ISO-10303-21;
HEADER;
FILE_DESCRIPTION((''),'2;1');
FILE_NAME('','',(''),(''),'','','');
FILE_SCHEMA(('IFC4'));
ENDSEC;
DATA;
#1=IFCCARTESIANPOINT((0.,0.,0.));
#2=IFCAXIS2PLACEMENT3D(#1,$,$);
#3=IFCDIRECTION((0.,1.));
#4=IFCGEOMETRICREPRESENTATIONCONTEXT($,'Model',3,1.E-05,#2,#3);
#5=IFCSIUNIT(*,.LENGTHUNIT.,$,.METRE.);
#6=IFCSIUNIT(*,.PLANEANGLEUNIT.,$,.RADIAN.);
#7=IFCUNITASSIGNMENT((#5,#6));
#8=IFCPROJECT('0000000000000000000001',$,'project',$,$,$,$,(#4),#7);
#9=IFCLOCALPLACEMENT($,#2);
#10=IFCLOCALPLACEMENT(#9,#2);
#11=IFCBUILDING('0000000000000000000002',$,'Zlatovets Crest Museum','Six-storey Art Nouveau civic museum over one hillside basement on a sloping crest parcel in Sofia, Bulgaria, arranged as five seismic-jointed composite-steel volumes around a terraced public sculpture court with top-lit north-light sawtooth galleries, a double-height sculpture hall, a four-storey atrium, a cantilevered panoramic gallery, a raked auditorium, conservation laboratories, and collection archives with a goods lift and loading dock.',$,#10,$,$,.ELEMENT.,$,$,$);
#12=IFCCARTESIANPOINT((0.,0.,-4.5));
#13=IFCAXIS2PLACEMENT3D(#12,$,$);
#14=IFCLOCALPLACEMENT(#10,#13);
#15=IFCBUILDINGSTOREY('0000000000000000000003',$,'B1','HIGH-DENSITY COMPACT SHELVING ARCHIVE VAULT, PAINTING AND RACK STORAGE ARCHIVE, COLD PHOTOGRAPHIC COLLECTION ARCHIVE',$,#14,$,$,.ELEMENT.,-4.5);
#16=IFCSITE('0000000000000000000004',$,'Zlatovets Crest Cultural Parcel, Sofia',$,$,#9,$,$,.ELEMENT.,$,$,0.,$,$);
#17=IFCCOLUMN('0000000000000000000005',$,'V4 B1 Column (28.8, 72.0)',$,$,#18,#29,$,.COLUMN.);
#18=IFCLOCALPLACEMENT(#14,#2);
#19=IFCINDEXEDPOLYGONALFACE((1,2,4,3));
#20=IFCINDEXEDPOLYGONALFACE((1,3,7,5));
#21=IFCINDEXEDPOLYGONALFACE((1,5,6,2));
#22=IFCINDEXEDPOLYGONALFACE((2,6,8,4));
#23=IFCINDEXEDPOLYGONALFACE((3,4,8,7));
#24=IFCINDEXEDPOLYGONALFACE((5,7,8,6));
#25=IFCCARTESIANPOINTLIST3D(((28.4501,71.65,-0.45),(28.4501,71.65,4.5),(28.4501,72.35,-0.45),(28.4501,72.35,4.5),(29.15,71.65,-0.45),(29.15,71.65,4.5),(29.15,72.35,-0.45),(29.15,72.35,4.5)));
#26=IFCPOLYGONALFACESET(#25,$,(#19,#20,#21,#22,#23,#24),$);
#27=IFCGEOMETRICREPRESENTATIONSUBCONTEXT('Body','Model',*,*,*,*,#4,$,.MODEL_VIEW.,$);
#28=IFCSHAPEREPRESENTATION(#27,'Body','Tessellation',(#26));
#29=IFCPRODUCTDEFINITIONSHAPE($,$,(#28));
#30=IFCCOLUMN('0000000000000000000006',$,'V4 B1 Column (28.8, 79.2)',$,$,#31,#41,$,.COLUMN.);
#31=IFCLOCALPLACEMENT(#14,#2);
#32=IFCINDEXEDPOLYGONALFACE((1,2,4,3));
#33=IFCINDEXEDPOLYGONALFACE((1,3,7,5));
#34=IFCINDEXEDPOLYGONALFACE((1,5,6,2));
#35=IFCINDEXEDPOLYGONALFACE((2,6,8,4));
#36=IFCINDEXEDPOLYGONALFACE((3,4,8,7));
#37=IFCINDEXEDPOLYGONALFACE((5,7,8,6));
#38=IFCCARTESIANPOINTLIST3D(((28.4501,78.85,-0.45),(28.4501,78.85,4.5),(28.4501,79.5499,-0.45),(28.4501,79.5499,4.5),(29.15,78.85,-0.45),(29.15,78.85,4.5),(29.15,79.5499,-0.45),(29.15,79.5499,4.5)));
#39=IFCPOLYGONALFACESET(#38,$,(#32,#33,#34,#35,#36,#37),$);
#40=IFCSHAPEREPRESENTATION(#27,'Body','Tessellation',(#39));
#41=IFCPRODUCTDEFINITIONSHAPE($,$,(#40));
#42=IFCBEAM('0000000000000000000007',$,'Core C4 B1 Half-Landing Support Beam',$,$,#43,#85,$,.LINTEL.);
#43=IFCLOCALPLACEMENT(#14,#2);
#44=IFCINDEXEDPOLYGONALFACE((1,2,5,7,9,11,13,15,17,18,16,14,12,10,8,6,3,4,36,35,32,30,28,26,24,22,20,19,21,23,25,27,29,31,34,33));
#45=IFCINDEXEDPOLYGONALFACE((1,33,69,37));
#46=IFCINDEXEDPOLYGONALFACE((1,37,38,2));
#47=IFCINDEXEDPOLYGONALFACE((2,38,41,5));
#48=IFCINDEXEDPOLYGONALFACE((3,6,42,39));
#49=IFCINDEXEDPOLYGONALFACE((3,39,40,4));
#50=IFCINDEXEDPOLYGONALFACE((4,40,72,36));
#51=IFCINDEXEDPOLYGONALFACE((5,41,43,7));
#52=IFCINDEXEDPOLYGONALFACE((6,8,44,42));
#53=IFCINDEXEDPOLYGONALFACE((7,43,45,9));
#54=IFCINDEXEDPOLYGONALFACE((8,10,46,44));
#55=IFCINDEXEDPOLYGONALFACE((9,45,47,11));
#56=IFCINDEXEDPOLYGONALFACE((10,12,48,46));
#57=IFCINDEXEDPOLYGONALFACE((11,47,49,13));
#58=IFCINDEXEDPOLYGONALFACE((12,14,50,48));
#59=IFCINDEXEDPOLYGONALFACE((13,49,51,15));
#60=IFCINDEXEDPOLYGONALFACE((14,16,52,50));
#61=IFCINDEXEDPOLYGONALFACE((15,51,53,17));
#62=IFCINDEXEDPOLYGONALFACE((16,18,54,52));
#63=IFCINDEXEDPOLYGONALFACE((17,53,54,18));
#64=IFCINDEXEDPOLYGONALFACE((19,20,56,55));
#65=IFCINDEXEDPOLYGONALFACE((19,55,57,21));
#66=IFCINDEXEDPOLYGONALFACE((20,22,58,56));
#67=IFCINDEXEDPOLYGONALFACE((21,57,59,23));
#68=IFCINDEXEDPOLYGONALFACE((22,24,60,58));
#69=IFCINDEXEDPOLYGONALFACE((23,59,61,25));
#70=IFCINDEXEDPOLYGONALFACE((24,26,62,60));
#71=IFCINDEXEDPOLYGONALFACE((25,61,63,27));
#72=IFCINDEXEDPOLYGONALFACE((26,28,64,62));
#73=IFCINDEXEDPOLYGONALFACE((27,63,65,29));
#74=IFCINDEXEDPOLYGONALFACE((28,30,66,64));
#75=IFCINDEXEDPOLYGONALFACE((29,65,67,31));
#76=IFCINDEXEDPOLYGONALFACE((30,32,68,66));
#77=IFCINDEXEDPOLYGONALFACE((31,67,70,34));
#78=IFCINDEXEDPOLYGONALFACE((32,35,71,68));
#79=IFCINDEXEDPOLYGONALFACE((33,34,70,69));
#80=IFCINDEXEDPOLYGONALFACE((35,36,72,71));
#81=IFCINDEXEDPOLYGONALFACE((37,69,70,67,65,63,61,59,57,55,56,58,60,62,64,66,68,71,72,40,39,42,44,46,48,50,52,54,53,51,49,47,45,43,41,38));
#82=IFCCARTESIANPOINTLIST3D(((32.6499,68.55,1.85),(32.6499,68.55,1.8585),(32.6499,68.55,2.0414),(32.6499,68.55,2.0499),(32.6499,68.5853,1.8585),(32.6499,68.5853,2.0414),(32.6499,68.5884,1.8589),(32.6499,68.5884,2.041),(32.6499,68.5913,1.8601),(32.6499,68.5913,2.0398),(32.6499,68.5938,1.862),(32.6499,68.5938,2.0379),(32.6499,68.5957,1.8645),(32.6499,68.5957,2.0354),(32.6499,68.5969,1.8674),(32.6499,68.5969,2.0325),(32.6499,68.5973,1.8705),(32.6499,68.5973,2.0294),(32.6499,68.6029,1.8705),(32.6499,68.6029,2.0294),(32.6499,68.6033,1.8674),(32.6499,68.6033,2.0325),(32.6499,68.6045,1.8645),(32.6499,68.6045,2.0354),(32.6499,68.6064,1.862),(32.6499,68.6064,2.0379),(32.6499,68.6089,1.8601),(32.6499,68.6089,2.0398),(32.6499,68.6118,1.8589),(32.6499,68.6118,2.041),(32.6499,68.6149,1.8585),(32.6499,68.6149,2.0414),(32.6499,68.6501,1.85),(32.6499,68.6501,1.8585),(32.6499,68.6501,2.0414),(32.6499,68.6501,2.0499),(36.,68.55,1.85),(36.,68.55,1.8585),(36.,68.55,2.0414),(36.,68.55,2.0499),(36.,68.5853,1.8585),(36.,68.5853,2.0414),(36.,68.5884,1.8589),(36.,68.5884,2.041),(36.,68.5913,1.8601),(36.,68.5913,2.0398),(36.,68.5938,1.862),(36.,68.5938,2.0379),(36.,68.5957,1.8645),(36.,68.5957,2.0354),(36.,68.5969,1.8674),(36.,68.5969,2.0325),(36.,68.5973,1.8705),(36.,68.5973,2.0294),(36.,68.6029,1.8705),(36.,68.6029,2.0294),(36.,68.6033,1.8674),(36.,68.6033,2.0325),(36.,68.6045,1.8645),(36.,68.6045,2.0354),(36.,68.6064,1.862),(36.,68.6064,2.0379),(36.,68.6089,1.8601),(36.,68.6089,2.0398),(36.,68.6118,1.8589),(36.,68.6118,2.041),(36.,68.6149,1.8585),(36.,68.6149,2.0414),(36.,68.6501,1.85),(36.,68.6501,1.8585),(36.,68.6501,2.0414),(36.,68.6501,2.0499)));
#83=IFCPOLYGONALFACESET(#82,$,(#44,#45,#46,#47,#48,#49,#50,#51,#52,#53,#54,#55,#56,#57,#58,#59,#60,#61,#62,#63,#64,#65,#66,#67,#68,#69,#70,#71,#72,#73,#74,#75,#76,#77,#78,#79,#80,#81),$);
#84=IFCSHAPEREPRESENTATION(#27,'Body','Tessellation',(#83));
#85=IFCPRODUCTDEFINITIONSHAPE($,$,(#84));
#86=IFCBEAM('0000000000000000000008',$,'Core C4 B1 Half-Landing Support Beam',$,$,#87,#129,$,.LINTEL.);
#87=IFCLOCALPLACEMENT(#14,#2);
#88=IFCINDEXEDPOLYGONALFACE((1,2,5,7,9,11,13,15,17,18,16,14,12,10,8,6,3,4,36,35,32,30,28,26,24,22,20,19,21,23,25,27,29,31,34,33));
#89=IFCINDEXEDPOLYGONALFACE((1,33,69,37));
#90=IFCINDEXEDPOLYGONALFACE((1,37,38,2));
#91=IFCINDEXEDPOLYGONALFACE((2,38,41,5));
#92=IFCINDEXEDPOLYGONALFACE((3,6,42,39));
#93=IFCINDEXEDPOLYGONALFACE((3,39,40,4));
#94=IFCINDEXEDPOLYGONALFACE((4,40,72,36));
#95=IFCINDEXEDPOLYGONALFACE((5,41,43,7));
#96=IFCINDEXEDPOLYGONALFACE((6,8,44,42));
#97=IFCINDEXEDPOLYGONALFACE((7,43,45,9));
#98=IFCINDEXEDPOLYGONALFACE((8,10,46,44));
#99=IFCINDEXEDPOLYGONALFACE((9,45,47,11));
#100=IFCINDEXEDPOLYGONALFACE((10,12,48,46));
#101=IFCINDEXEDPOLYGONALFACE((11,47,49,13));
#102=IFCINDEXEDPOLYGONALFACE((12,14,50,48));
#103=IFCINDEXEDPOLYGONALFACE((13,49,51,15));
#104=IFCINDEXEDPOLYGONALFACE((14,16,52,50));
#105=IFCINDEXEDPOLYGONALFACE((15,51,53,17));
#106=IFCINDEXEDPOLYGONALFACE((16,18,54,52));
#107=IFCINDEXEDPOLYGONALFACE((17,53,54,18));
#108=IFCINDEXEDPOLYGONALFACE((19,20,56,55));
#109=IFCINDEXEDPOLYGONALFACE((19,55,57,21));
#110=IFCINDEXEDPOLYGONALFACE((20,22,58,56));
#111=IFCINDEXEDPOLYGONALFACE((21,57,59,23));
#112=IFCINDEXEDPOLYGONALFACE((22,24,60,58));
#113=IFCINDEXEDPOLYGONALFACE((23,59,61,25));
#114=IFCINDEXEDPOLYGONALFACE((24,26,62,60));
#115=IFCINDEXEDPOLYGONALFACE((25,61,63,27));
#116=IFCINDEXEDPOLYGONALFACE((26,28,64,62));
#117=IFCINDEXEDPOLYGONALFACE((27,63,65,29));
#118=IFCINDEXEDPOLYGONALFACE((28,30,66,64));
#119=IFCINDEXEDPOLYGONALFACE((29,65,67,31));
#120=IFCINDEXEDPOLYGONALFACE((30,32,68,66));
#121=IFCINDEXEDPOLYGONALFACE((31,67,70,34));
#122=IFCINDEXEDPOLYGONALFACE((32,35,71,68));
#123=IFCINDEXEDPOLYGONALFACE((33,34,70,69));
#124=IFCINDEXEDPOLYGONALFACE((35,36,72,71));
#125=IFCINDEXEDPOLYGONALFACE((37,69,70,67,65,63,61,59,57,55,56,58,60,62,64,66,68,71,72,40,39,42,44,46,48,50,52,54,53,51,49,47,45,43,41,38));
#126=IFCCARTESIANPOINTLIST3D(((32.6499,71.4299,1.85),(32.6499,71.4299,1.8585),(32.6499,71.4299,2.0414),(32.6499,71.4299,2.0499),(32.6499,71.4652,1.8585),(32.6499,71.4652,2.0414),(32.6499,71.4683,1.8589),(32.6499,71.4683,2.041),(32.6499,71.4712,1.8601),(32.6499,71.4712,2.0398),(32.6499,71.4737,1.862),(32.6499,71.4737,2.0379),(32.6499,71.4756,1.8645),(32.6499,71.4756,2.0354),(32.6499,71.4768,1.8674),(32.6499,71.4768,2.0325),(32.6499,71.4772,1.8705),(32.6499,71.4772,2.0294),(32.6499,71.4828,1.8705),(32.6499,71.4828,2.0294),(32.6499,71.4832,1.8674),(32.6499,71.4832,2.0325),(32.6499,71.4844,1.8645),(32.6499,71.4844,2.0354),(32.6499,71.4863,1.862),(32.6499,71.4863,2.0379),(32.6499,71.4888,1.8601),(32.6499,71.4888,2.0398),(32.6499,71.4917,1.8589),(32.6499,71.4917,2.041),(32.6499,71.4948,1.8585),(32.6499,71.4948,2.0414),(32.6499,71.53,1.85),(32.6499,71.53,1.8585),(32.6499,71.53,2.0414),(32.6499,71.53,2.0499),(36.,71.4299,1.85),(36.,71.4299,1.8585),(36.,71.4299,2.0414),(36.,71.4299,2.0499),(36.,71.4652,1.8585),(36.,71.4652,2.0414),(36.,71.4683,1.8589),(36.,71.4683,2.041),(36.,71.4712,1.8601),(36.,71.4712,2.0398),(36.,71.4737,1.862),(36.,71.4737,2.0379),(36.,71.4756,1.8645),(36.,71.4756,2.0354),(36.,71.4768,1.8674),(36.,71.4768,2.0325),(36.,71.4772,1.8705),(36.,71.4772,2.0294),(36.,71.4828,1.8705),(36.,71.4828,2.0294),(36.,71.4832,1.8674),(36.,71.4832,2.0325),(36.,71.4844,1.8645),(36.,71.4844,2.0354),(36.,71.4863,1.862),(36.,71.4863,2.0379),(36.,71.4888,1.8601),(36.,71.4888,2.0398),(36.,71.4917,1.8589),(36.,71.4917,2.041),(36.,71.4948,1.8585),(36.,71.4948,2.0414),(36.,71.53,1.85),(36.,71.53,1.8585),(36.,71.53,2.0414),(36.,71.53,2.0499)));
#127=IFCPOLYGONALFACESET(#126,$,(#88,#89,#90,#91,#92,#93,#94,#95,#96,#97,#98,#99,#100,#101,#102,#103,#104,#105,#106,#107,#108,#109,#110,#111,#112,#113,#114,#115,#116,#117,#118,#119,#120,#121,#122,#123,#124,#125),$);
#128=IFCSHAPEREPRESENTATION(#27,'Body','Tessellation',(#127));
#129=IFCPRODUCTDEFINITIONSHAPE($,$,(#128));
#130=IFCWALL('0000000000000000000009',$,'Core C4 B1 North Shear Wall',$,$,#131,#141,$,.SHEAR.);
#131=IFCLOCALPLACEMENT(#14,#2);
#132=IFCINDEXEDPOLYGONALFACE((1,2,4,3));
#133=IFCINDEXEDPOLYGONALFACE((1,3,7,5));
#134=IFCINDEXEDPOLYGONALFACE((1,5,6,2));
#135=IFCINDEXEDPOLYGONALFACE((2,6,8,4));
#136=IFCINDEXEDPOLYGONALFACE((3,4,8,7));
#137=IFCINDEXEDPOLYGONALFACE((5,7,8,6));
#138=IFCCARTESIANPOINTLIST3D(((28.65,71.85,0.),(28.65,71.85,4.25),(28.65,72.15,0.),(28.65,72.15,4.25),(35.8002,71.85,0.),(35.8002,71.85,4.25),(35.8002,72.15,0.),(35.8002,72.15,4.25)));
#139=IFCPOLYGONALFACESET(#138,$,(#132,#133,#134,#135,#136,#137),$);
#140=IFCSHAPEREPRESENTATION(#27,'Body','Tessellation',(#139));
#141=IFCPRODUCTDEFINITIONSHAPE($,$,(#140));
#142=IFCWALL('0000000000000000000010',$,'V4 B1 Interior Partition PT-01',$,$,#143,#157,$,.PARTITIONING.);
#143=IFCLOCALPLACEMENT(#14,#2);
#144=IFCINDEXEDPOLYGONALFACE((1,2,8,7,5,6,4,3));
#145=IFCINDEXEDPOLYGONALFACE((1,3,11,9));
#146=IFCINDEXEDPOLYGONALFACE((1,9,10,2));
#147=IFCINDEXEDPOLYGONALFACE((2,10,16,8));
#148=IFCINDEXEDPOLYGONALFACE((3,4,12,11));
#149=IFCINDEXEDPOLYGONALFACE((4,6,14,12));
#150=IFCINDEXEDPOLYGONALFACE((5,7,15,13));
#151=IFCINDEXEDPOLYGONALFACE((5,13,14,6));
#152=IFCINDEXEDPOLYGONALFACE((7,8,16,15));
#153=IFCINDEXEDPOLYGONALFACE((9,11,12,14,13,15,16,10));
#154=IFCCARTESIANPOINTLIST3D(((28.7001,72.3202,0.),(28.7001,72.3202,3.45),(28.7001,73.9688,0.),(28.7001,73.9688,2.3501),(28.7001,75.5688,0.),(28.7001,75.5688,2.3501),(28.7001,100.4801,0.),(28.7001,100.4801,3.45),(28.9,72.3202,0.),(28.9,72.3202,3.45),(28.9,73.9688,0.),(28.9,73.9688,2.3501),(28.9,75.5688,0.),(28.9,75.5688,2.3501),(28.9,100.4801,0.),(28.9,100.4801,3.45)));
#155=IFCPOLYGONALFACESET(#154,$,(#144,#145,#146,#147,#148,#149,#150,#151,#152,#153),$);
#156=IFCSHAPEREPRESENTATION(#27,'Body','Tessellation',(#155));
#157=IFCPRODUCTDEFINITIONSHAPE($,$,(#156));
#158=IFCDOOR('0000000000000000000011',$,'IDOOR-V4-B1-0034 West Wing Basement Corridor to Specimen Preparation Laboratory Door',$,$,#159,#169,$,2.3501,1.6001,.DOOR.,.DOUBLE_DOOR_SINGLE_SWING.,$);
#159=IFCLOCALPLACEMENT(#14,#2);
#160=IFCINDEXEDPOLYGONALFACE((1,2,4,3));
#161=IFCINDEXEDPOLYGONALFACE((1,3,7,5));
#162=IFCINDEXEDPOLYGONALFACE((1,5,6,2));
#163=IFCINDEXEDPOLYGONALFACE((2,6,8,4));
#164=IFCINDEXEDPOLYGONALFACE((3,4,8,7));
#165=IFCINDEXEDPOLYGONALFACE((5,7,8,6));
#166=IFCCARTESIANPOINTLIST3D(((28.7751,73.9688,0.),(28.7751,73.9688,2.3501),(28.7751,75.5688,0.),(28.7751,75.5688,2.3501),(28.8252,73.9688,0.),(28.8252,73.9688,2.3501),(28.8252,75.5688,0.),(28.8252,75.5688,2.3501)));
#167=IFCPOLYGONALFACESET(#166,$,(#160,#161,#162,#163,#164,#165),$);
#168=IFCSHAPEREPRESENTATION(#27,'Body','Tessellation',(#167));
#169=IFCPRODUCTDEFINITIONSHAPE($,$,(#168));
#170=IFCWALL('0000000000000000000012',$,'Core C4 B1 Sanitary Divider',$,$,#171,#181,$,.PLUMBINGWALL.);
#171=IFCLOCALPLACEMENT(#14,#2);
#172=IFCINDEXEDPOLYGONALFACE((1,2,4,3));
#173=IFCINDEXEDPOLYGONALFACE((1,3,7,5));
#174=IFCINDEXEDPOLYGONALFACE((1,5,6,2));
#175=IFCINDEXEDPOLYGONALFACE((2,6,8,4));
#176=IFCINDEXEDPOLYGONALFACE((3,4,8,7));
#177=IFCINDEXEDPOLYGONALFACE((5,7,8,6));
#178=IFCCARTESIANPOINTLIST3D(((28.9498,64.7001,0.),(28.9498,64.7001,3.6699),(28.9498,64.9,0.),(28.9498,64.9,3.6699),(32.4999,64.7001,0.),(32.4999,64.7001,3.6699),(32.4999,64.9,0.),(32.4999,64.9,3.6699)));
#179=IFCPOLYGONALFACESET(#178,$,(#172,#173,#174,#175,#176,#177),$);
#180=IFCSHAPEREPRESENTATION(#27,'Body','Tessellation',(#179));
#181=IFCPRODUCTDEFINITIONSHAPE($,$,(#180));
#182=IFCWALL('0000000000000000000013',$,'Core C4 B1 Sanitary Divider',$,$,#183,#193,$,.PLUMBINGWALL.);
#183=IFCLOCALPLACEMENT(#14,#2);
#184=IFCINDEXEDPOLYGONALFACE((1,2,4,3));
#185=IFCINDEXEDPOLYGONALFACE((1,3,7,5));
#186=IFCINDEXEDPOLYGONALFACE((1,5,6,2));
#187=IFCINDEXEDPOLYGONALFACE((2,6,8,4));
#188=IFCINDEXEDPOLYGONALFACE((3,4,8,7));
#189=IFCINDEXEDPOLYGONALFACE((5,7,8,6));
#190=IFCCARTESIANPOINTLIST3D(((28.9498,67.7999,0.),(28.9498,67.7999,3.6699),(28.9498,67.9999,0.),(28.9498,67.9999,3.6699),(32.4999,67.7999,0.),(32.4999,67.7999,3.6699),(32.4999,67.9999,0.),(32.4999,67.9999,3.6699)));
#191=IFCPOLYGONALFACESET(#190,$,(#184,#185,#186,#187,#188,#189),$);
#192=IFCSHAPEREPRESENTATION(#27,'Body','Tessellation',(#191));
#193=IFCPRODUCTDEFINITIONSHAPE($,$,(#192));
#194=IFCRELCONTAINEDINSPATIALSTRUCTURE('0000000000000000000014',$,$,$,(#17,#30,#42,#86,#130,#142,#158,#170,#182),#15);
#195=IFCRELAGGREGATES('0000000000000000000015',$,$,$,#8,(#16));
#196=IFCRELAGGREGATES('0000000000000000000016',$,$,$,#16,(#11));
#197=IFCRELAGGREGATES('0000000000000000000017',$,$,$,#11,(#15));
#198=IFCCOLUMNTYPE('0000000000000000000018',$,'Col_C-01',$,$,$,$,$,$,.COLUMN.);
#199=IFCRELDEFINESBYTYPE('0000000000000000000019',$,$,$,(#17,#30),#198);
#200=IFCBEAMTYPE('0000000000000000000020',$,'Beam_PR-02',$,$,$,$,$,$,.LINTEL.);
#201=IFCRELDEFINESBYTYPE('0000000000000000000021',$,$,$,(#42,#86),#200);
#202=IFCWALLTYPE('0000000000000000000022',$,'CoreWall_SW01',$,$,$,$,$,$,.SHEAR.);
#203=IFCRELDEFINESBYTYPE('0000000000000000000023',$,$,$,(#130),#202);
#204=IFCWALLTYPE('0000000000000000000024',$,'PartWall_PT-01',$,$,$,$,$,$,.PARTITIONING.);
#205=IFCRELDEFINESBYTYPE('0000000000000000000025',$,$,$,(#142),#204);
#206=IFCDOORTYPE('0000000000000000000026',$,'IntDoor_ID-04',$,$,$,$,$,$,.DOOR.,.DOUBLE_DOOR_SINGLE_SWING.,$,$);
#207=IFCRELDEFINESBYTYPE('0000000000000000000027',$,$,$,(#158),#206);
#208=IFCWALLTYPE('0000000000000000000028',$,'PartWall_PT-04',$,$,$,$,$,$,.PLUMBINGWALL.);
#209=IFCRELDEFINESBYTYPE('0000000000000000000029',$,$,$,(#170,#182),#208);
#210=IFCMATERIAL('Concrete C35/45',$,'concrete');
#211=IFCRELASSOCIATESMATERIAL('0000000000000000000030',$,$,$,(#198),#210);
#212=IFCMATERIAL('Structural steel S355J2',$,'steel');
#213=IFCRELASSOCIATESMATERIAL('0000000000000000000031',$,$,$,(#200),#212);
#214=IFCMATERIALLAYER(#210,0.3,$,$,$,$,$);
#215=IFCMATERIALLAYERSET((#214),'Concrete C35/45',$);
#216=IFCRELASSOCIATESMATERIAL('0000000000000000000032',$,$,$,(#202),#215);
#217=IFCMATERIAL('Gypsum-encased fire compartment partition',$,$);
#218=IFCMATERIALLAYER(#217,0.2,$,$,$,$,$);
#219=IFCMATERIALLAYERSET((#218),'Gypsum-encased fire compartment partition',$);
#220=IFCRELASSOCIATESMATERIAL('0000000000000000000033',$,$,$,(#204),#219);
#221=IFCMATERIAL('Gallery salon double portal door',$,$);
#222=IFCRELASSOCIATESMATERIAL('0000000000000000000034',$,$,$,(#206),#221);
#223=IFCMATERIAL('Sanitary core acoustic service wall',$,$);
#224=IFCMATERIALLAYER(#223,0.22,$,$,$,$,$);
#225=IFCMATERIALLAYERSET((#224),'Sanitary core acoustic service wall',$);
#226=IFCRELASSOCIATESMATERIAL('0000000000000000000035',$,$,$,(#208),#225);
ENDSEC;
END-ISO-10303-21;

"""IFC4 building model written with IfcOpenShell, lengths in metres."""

from ifc_helpers import new_model, si_unit, direction, frame, frame_2d, origin, origin_2d, place, context, subcontext, project, spatial, rectangle, i_section, extrude, material, layer, layer_set, material_profile, profile_set, type_object, element, fill, save


model = new_model("IFC4")

# Units and contexts
model_context = context("Model", 3, precision=1e-05, world=origin(), true_north=direction((0.0, 1.0)))
body_context = subcontext(model_context, "Body", "Model", "MODEL_VIEW")
ifc_project = project(units=[si_unit("LENGTHUNIT", "METRE"), si_unit("PLANEANGLEUNIT", "RADIAN")], contexts=[model_context])

# Site, building, storey
site_placement = place(None, origin())
site = spatial("IfcSite", under=ifc_project, at=site_placement, Name="Zlatovets Crest Cultural Parcel, Sofia", CompositionType="ELEMENT", RefElevation=0.0)
building_placement = place(site_placement, origin())
building = spatial("IfcBuilding", under=site, at=building_placement, Name="Zlatovets Crest Museum", Description="Six-storey Art Nouveau civic museum over one hillside basement on a sloping crest parcel in Sofia, Bulgaria, arranged as five seismic-jointed composite-steel volumes around a terraced public sculpture court with top-lit north-light sawtooth galleries, a double-height sculpture hall, a four-storey atrium, a cantilevered panoramic gallery, a raked auditorium, conservation laboratories, and collection archives with a goods lift and loading dock.", CompositionType="ELEMENT")
storey_placement = place(building_placement, frame((0.0, 0.0, -4.5)))
storey = spatial("IfcBuildingStorey", under=building, at=storey_placement, Name="B1", Description="HIGH-DENSITY COMPACT SHELVING ARCHIVE VAULT, PAINTING AND RACK STORAGE ARCHIVE, COLD PHOTOGRAPHIC COLLECTION ARCHIVE", CompositionType="ELEMENT", Elevation=-4.5)

# Shared definitions
ifc_material_1 = material(Name="Concrete C35/45", Category="concrete")

# Columns
ifc_material_profile_1 = material_profile(ifc_material_1, rectangle(XDim=0.7, YDim=0.7, at=origin_2d()), Name="RC 700x700")
ifc_profile_set_1 = profile_set([ifc_material_profile_1], Name="Concrete C35/45")
column_type = type_object("IfcColumnType", Name="Col_C-01", PredefinedType="COLUMN", material=ifc_profile_set_1)
for number, where, z_axis, x_axis, name in (
    (1, (28.8, 72.0, -0.45), (0.0, 0.0, 1.0), (1.0, 0.0, 0.0), "V4 B1 Column (28.8, 72.0)"),
    (2, (28.8, 79.2, -0.45), (0.0, 0.0, 1.0), (0.0, 1.0, 0.0), "V4 B1 Column (28.8, 79.2)"),
):
    element("IfcColumn", number, at=place(storey_placement, frame(where, z_axis=z_axis, x_axis=x_axis)), inside=storey, type_object=column_type, Name=name, PredefinedType="COLUMN", context=body_context, shape_type="SweptSolid", body=[
        extrude(rectangle(XDim=0.7, YDim=0.7, at=origin_2d()), origin(), (0.0, 0.0, 1.0), 4.95),
    ])

# Beams
ifc_material_2 = material(Name="Structural steel S355J2", Category="steel")
ifc_material_profile_2 = material_profile(ifc_material_2, i_section(OverallWidth=0.1001, OverallDepth=0.2, WebThickness=0.0056, FlangeThickness=0.0085, FilletRadius=0.012, at=origin_2d()), Name="IPE 200")
ifc_profile_set_2 = profile_set([ifc_material_profile_2], Name="Structural steel S355J2")
beam_type = type_object("IfcBeamType", Name="Beam_PR-02", PredefinedType="LINTEL", material=ifc_profile_set_2)
for number, where, z_axis, x_axis, name in (
    (3, (32.6499, 68.6001, 1.95), (1.0, 0.0, 0.0), (0.0, 1.0, 0.0), "Core C4 B1 Half-Landing Support Beam"),
    (4, (32.6499, 71.48, 1.95), (1.0, 0.0, 0.0), (0.0, 1.0, 0.0), "Core C4 B1 Half-Landing Support Beam"),
):
    element("IfcBeam", number, at=place(storey_placement, frame(where, z_axis=z_axis, x_axis=x_axis)), inside=storey, type_object=beam_type, Name=name, PredefinedType="LINTEL", context=body_context, shape_type="SweptSolid", body=[
        extrude(i_section(OverallWidth=0.1001, OverallDepth=0.2, WebThickness=0.0056, FlangeThickness=0.0085, FilletRadius=0.012, at=origin_2d()), origin(), (0.0, 0.0, 1.0), 3.3501),
    ])

# Wall
ifc_layer_1 = layer(ifc_material_1, 0.3)
ifc_layer_set_1 = layer_set([ifc_layer_1], Name="Concrete C35/45")
wall_type_1 = type_object("IfcWallType", Name="CoreWall_SW01", PredefinedType="SHEAR", material=ifc_layer_set_1)
wall_1_placement = place(storey_placement, frame((28.6499, 72.0, 0.0), z_axis=(0.0, 0.0, 1.0), x_axis=(1.0, 0.0, 0.0)))
element("IfcWall", 5, at=wall_1_placement, inside=storey, type_object=wall_type_1, Name="Core C4 B1 North Shear Wall", PredefinedType="SHEAR", context=body_context, shape_type="SweptSolid", body=[
    extrude(rectangle(XDim=7.1501, YDim=0.3, at=frame_2d((3.5752, 0.0))), origin(), (0.0, 0.0, 1.0), 4.25),
])

# Wall, opening, door
ifc_material_3 = material(Name="Gypsum-encased fire compartment partition")
ifc_layer_2 = layer(ifc_material_3, 0.2)
ifc_layer_set_2 = layer_set([ifc_layer_2], Name="Gypsum-encased fire compartment partition")
wall_type_2 = type_object("IfcWallType", Name="PartWall_PT-01", PredefinedType="PARTITIONING", material=ifc_layer_set_2)
wall_2_placement = place(storey_placement, frame((28.8, 72.3201, 0.0), z_axis=(0.0, 0.0, 1.0), x_axis=(0.0, 1.0, 0.0)))
wall_2 = element("IfcWall", 6, at=wall_2_placement, inside=storey, type_object=wall_type_2, Name="V4 B1 Interior Partition PT-01", PredefinedType="PARTITIONING", context=body_context, shape_type="SweptSolid", body=[
    extrude(rectangle(XDim=28.1599, YDim=0.2, at=frame_2d((14.0801, 0.0))), origin(), (0.0, 0.0, 1.0), 3.45),
])
opening_placement = place(wall_2_placement, frame((1.6487, 0.0, 0.0)))
opening = element("IfcOpeningElement", 7, at=opening_placement, cuts=wall_2, PredefinedType="OPENING", context=body_context, shape_type="SweptSolid", body=[
    extrude(rectangle(XDim=1.6001, YDim=2.3501, at=frame_2d((0.8, 1.175))), frame((0.0, 0.1099, 0.0), z_axis=(0.0, -1.0, 0.0), x_axis=(1.0, 0.0, 0.0)), (0.0, 0.0, 1.0), 0.22),
])
ifc_material_4 = material(Name="Gallery salon double portal door")
door_type = type_object("IfcDoorType", Name="IntDoor_ID-04", OperationType="DOUBLE_DOOR_SINGLE_SWING", PredefinedType="DOOR", material=ifc_material_4)
door_placement = place(opening_placement, origin())
door = element("IfcDoor", 8, at=door_placement, inside=storey, type_object=door_type, Name="IDOOR-V4-B1-0034 West Wing Basement Corridor to Specimen Preparation Laboratory Door", OperationType="DOUBLE_DOOR_SINGLE_SWING", OverallHeight=2.3501, OverallWidth=1.6001, PredefinedType="DOOR", context=body_context, shape_type="SweptSolid", body=[
    extrude(rectangle(XDim=1.6001, YDim=2.3501, at=frame_2d((0.8, 1.175))), frame((0.0, 0.0249, 0.0), z_axis=(0.0, -1.0, 0.0), x_axis=(1.0, 0.0, 0.0)), (0.0, 0.0, 1.0), 0.05),
])
fill(opening, door)

# Walls
ifc_material_5 = material(Name="Sanitary core acoustic service wall")
ifc_layer_3 = layer(ifc_material_5, 0.22)
ifc_layer_set_3 = layer_set([ifc_layer_3], Name="Sanitary core acoustic service wall")
wall_type_3 = type_object("IfcWallType", Name="PartWall_PT-04", PredefinedType="PLUMBINGWALL", material=ifc_layer_set_3)
for number, where, z_axis, x_axis, name in (
    (9, (28.95, 64.8, 0.0), (0.0, 0.0, 1.0), (1.0, 0.0, 0.0), "Core C4 B1 Sanitary Divider"),
    (10, (28.95, 67.8999, 0.0), (0.0, 0.0, 1.0), (1.0, 0.0, 0.0), "Core C4 B1 Sanitary Divider"),
):
    element("IfcWall", number, at=place(storey_placement, frame(where, z_axis=z_axis, x_axis=x_axis)), inside=storey, type_object=wall_type_3, Name=name, PredefinedType="PLUMBINGWALL", context=body_context, shape_type="SweptSolid", body=[
        extrude(rectangle(XDim=3.55, YDim=0.2, at=frame_2d((1.7749, 0.0))), origin(), (0.0, 0.0, 1.0), 3.6699),
    ])

save(model, "model.ifc")
